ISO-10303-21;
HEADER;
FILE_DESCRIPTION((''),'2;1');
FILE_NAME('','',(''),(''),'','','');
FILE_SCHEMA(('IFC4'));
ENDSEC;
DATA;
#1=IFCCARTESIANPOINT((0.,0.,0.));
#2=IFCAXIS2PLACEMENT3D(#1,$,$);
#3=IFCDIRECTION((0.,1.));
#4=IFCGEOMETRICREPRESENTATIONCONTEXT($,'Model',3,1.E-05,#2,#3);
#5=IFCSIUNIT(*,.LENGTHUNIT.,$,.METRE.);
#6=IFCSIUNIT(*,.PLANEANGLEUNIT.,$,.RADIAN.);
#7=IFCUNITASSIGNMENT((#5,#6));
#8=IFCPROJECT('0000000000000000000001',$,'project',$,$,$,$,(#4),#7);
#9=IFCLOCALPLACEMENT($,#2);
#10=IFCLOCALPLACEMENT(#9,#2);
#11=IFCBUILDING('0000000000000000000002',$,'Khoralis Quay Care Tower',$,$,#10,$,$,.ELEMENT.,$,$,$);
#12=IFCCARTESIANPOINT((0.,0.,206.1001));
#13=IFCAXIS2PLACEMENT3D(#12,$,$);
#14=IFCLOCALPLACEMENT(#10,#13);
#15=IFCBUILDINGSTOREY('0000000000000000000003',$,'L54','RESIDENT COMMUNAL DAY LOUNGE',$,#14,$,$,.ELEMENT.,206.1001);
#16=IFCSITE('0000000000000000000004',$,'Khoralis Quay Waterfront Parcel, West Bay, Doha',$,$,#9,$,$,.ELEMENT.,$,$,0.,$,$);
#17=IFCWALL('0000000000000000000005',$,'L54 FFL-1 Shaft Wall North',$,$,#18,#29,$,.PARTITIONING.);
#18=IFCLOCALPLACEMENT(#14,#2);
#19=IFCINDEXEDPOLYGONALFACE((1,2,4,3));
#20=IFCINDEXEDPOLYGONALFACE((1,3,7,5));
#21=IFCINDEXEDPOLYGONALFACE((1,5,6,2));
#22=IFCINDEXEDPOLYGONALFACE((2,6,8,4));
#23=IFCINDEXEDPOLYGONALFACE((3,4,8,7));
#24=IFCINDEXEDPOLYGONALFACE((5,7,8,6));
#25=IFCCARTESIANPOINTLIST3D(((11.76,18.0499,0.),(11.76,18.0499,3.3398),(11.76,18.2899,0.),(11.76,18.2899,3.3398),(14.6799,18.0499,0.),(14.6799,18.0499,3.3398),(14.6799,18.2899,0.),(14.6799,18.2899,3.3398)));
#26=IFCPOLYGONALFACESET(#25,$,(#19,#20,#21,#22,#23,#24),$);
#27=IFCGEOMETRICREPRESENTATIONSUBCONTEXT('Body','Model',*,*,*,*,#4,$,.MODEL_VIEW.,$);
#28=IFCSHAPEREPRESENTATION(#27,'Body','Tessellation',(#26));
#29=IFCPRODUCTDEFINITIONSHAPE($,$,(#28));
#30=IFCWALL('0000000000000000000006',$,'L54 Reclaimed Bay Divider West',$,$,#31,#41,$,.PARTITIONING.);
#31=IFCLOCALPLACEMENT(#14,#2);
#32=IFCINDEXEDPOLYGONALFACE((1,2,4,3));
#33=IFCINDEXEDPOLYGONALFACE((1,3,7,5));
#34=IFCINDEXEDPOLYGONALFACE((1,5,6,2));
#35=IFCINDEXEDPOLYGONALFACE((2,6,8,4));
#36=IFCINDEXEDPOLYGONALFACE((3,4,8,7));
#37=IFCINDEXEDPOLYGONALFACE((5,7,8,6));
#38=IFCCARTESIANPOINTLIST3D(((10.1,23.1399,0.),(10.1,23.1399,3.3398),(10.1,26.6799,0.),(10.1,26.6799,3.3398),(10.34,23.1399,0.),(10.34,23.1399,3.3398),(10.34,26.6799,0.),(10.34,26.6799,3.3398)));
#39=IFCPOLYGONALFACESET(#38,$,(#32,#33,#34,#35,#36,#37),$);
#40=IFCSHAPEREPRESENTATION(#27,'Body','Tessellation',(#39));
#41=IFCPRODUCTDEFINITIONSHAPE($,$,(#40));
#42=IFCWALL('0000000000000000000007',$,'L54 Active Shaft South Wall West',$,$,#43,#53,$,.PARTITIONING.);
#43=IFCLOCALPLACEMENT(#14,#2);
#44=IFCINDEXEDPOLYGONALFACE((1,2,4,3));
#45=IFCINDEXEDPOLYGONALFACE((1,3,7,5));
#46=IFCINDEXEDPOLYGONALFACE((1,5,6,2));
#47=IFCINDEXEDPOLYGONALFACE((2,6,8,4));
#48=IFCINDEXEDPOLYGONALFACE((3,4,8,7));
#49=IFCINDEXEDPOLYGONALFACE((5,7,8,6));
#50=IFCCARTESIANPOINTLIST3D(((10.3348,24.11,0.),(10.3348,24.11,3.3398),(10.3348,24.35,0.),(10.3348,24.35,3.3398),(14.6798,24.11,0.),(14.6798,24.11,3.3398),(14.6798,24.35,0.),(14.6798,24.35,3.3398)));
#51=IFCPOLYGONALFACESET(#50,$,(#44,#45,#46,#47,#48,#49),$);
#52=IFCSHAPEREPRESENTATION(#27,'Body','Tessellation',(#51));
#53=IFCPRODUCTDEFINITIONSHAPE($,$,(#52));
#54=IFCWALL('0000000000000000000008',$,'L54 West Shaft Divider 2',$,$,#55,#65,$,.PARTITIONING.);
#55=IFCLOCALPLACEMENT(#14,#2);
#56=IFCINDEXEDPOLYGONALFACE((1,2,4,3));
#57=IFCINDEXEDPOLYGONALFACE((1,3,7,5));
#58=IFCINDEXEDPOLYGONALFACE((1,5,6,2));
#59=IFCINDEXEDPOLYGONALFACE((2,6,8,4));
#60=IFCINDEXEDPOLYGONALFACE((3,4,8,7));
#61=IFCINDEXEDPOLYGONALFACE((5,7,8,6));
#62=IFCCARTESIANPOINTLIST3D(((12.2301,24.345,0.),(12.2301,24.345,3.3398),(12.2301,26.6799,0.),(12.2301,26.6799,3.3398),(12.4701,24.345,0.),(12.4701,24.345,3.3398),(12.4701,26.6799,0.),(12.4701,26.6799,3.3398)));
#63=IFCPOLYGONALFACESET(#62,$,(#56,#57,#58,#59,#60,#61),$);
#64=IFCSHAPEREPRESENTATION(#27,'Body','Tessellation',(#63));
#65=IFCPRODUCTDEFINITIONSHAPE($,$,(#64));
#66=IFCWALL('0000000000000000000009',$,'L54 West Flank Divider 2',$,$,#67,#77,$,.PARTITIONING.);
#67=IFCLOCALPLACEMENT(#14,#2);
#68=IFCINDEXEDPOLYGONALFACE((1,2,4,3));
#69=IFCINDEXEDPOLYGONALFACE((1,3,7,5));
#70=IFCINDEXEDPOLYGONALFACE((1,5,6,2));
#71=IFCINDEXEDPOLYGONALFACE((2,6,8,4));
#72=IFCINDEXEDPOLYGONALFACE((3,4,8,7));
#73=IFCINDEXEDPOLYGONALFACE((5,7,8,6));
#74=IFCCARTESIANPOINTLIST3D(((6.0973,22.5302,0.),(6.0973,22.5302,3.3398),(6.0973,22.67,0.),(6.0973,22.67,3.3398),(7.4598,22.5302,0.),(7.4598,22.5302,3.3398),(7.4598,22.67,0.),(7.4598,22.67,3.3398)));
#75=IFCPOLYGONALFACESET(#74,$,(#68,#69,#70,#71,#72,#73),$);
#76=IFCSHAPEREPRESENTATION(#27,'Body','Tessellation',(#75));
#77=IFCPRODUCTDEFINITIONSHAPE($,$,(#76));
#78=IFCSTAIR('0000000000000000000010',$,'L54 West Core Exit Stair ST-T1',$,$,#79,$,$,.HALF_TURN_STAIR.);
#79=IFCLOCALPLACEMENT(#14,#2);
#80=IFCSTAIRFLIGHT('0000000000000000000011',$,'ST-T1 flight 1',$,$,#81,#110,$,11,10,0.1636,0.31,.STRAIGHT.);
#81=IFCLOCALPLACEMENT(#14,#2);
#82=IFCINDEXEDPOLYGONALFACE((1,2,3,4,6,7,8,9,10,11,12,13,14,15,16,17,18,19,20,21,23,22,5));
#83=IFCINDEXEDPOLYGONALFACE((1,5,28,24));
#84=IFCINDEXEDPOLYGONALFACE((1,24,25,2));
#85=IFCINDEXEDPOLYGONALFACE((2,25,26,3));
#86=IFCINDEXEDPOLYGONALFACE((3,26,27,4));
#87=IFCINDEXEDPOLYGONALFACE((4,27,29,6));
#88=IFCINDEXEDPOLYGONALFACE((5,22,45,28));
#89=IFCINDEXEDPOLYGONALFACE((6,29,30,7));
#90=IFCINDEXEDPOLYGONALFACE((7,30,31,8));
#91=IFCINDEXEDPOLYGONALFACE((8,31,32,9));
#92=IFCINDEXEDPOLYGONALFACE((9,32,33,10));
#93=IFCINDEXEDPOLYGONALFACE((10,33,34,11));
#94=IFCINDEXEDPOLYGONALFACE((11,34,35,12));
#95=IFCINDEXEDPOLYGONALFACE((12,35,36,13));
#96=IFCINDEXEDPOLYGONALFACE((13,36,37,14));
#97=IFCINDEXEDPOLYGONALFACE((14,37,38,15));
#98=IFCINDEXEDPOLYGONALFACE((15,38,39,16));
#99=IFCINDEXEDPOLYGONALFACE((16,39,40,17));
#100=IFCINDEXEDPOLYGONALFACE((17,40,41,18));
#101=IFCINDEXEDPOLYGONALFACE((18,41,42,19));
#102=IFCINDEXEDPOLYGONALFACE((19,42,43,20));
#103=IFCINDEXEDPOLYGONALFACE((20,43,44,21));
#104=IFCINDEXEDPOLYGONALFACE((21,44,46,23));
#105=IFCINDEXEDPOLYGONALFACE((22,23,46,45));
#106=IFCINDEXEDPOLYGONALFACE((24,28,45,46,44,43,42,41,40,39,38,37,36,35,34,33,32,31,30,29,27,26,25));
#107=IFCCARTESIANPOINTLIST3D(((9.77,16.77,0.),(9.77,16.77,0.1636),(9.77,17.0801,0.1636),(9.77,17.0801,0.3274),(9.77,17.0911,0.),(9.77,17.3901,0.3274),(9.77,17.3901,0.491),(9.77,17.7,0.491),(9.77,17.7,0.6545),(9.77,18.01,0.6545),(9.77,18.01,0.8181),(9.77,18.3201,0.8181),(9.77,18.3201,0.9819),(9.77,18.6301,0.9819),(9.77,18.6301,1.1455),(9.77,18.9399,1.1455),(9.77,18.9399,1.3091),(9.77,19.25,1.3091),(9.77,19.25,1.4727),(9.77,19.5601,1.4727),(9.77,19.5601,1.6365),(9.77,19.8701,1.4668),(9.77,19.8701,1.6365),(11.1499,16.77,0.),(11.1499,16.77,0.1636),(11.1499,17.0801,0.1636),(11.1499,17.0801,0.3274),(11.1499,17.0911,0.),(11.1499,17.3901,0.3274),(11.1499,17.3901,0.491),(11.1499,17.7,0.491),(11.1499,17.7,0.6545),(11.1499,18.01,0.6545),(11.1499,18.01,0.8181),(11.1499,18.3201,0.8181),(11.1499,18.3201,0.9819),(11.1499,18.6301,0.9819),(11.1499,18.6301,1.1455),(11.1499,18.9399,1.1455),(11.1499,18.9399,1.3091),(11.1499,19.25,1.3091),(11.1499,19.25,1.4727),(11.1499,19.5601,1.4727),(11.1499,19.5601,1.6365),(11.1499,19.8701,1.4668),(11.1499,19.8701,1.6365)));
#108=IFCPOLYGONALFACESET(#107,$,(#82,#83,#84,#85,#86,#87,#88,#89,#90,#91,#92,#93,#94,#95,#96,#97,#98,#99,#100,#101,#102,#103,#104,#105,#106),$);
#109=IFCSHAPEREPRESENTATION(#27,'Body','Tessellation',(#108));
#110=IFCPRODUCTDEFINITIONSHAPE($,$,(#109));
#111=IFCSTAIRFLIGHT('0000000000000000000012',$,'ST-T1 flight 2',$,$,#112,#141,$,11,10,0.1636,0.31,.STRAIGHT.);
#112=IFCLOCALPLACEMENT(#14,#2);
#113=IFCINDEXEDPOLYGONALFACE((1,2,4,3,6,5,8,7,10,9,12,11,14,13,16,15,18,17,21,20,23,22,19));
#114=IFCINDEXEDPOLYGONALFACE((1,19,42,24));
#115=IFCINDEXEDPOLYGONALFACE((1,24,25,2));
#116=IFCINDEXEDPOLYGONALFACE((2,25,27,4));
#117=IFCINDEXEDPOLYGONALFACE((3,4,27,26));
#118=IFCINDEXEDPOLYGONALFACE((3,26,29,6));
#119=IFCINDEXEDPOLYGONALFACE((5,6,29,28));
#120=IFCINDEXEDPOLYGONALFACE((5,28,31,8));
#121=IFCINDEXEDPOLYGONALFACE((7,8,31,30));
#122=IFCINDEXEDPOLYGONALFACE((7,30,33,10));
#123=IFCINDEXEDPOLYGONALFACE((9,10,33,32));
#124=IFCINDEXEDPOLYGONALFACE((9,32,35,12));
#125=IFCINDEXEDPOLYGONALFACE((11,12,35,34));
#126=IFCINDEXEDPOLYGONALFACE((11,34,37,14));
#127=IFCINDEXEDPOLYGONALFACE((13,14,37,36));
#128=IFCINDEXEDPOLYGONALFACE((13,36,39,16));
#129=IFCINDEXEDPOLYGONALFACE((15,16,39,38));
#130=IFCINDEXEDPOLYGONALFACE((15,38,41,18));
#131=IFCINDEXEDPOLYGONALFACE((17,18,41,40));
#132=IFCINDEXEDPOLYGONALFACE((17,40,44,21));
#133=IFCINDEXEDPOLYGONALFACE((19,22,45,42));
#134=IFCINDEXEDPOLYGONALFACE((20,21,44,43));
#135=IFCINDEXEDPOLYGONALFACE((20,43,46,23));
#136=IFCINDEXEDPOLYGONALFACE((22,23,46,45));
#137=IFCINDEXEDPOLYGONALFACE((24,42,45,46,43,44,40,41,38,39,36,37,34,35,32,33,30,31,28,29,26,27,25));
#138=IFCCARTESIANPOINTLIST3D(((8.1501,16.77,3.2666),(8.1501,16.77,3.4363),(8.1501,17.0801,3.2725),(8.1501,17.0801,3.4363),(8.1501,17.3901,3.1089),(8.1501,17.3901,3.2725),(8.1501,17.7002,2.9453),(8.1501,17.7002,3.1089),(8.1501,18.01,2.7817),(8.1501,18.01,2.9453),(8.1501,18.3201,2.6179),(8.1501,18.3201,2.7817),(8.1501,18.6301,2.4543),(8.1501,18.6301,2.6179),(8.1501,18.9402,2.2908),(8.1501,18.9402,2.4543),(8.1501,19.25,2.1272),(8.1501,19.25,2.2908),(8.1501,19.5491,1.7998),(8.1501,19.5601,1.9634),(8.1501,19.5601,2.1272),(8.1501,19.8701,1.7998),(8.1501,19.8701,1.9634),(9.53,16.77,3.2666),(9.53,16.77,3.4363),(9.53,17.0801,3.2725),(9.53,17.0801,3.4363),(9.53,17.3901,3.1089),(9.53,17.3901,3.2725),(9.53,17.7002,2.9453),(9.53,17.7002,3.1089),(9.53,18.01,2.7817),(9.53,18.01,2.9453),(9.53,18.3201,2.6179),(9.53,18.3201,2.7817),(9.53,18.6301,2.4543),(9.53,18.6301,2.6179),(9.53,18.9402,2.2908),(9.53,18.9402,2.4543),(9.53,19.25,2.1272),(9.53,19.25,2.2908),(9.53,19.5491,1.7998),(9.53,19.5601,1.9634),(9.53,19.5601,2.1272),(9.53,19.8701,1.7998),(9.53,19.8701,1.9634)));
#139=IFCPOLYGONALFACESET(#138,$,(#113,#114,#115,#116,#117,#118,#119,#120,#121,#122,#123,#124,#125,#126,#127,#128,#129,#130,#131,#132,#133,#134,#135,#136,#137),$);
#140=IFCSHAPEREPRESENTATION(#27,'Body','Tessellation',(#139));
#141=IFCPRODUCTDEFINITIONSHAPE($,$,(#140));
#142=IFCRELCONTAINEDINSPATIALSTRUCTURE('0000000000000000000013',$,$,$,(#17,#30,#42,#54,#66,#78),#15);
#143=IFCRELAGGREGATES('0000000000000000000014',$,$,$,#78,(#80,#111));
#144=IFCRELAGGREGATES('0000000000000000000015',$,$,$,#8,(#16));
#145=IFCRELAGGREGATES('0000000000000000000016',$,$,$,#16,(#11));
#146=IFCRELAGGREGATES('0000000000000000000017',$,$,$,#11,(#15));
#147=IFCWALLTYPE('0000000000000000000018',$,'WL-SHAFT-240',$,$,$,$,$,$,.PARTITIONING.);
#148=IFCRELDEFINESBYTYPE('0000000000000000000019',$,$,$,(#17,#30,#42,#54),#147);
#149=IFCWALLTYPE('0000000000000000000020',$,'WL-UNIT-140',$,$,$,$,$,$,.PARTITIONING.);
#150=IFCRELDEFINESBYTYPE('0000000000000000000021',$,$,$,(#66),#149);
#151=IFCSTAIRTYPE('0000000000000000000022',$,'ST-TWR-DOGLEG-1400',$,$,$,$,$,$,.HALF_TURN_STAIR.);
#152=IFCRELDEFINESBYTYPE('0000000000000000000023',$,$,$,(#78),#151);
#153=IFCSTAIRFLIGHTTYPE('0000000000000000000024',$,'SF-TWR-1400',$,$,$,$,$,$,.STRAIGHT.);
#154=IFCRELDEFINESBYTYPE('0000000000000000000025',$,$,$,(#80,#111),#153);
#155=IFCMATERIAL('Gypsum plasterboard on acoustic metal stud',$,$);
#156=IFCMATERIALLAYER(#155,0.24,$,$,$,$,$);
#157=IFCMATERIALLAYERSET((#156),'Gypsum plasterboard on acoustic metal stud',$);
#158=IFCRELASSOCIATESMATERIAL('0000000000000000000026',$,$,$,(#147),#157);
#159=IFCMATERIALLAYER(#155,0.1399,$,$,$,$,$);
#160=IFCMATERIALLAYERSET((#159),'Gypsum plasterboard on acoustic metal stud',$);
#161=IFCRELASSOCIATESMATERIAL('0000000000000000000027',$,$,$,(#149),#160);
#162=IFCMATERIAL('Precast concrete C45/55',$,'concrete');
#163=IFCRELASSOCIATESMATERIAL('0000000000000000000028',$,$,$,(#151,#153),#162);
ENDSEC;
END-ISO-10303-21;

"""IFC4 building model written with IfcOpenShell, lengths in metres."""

from ifc_helpers import new_model, si_unit, direction, frame, frame_2d, origin, place, context, subcontext, project, spatial, polyline, rectangle, outline, extrude, source, transform, mapped, material, layer, layer_set, type_object, element, aggregate, save


model = new_model("IFC4")

# Units and contexts
model_context = context("Model", 3, precision=1e-05, world=origin(), true_north=direction((0.0, 1.0)))
body_context = subcontext(model_context, "Body", "Model", "MODEL_VIEW")
ifc_project = project(units=[si_unit("LENGTHUNIT", "METRE"), si_unit("PLANEANGLEUNIT", "RADIAN")], contexts=[model_context])

# Site, building, storey
site_placement = place(None, origin())
site = spatial("IfcSite", under=ifc_project, at=site_placement, Name="Khoralis Quay Waterfront Parcel, West Bay, Doha", CompositionType="ELEMENT", RefElevation=0.0)
building_placement = place(site_placement, origin())
building = spatial("IfcBuilding", under=site, at=building_placement, Name="Khoralis Quay Care Tower", CompositionType="ELEMENT")
storey_placement = place(building_placement, frame((0.0, 0.0, 206.1001)))
storey = spatial("IfcBuildingStorey", under=building, at=storey_placement, Name="L54", Description="RESIDENT COMMUNAL DAY LOUNGE", CompositionType="ELEMENT", Elevation=206.1001)

# Walls
ifc_material_1 = material(Name="Gypsum plasterboard on acoustic metal stud")
ifc_layer_1 = layer(ifc_material_1, 0.24)
ifc_layer_set_1 = layer_set([ifc_layer_1], Name="Gypsum plasterboard on acoustic metal stud")
wall_type_1 = type_object("IfcWallType", Name="WL-SHAFT-240", PredefinedType="PARTITIONING", material=ifc_layer_set_1)
wall_1_placement = place(storey_placement, frame((11.76, 18.1699, 0.0), z_axis=(0.0, 0.0, 1.0), x_axis=(1.0, 0.0, 0.0)))
element("IfcWall", 1, at=wall_1_placement, inside=storey, type_object=wall_type_1, Name="L54 FFL-1 Shaft Wall North", PredefinedType="PARTITIONING", context=body_context, shape_type="SweptSolid", body=[
    extrude(rectangle(XDim=2.9199, YDim=0.24, at=frame_2d((1.46, 0.0))), origin(), (0.0, 0.0, 1.0), 3.3398),
])
wall_2_placement = place(storey_placement, frame((10.22, 23.1399, 0.0), z_axis=(0.0, 0.0, 1.0), x_axis=(0.0, 1.0, 0.0)))
element("IfcWall", 2, at=wall_2_placement, inside=storey, type_object=wall_type_1, Name="L54 Reclaimed Bay Divider West", PredefinedType="PARTITIONING", context=body_context, shape_type="SweptSolid", body=[
    extrude(rectangle(XDim=3.54, YDim=0.24, at=frame_2d((1.77, 0.0))), origin(), (0.0, 0.0, 1.0), 3.3398),
])
wall_3_placement = place(storey_placement, frame((10.335, 24.23, 0.0), z_axis=(0.0, 0.0, 1.0), x_axis=(1.0, 0.0, 0.0)))
element("IfcWall", 3, at=wall_3_placement, inside=storey, type_object=wall_type_1, Name="L54 Active Shaft South Wall West", PredefinedType="PARTITIONING", context=body_context, shape_type="SweptSolid", body=[
    extrude(rectangle(XDim=4.345, YDim=0.24, at=frame_2d((2.1724, 0.0))), origin(), (0.0, 0.0, 1.0), 3.3398),
])
wall_4_placement = place(storey_placement, frame((12.3501, 24.345, 0.0), z_axis=(0.0, 0.0, 1.0), x_axis=(0.0, 1.0, 0.0)))
element("IfcWall", 4, at=wall_4_placement, inside=storey, type_object=wall_type_1, Name="L54 West Shaft Divider 2", PredefinedType="PARTITIONING", context=body_context, shape_type="SweptSolid", body=[
    extrude(rectangle(XDim=2.335, YDim=0.24, at=frame_2d((1.1675, 0.0))), origin(), (0.0, 0.0, 1.0), 3.3398),
])
ifc_layer_2 = layer(ifc_material_1, 0.1399)
ifc_layer_set_2 = layer_set([ifc_layer_2], Name="Gypsum plasterboard on acoustic metal stud")
wall_type_2 = type_object("IfcWallType", Name="WL-UNIT-140", PredefinedType="PARTITIONING", material=ifc_layer_set_2)
wall_5_placement = place(storey_placement, frame((6.0974, 22.6001, 0.0), z_axis=(0.0, 0.0, 1.0), x_axis=(1.0, 0.0, 0.0)))
element("IfcWall", 5, at=wall_5_placement, inside=storey, type_object=wall_type_2, Name="L54 West Flank Divider 2", PredefinedType="PARTITIONING", context=body_context, shape_type="SweptSolid", body=[
    extrude(rectangle(XDim=1.3625, YDim=0.1399, at=frame_2d((0.6812, 0.0))), origin(), (0.0, 0.0, 1.0), 3.3398),
])

# Stair, stair flights
ifc_material_2 = material(Name="Precast concrete C45/55", Category="concrete")
stair_type = type_object("IfcStairType", Name="ST-TWR-DOGLEG-1400", PredefinedType="HALF_TURN_STAIR", material=ifc_material_2)
stair_placement = place(storey_placement, origin())
stair = element("IfcStair", 6, at=stair_placement, inside=storey, type_object=stair_type, Name="L54 West Core Exit Stair ST-T1", PredefinedType="HALF_TURN_STAIR")
stair_flight_type = type_object("IfcStairFlightType", Name="SF-TWR-1400", PredefinedType="STRAIGHT", material=ifc_material_2)
shared_shape_1 = source(origin(), body_context, "Body", "SweptSolid", [
    extrude(outline(polyline([(0.0, 0.0), (0.0, 0.1636), (0.3101, 0.1636), (0.3101, 0.3274), (0.6201, 0.3274), (0.6201, 0.491), (0.9299, 0.491), (0.9299, 0.6545), (1.24, 0.6545), (1.24, 0.8181), (1.55, 0.8181), (1.55, 0.9819), (1.8601, 0.9819), (1.8601, 1.1455), (2.1699, 1.1455), (2.1699, 1.3091), (2.48, 1.3091), (2.48, 1.4727), (2.79, 1.4727), (2.79, 1.6365), (3.1001, 1.6365), (3.1001, 1.8), (3.1001, 1.4668), (0.321, 0.0), (0.0, 0.0)])), frame((0.0, 0.6899, 0.0), z_axis=(0.0, -1.0, 0.0), x_axis=(1.0, 0.0, 0.0)), (0.0, 0.0, 1.0), 1.3799),
])
stair_flight_1_placement = place(storey_placement, frame((10.46, 16.77, 0.0), z_axis=(0.0, 0.0, 1.0), x_axis=(0.0, 1.0, 0.0)))
stair_flight_1 = element("IfcStairFlight", 7, at=stair_flight_1_placement, type_object=stair_flight_type, Name="ST-T1 flight 1", NumberOfRisers=11, NumberOfTreads=10, PredefinedType="STRAIGHT", RiserHeight=0.1636, TreadLength=0.31, context=body_context, shape_type="MappedRepresentation", body=[
    mapped(shared_shape_1, transform((0.0, 0.0, 0.0), scale=1.0)),
])
stair_flight_2_placement = place(storey_placement, frame((8.8401, 19.8701, 1.7998), z_axis=(0.0, 0.0, 1.0), x_axis=(0.0, -1.0, 0.0)))
stair_flight_2 = element("IfcStairFlight", 8, at=stair_flight_2_placement, type_object=stair_flight_type, Name="ST-T1 flight 2", NumberOfRisers=11, NumberOfTreads=10, PredefinedType="STRAIGHT", RiserHeight=0.1636, TreadLength=0.31, context=body_context, shape_type="MappedRepresentation", body=[
    mapped(shared_shape_1, transform((0.0, 0.0, 0.0), scale=1.0)),
])
aggregate(stair, [stair_flight_1, stair_flight_2])

save(model, "model.ifc")
